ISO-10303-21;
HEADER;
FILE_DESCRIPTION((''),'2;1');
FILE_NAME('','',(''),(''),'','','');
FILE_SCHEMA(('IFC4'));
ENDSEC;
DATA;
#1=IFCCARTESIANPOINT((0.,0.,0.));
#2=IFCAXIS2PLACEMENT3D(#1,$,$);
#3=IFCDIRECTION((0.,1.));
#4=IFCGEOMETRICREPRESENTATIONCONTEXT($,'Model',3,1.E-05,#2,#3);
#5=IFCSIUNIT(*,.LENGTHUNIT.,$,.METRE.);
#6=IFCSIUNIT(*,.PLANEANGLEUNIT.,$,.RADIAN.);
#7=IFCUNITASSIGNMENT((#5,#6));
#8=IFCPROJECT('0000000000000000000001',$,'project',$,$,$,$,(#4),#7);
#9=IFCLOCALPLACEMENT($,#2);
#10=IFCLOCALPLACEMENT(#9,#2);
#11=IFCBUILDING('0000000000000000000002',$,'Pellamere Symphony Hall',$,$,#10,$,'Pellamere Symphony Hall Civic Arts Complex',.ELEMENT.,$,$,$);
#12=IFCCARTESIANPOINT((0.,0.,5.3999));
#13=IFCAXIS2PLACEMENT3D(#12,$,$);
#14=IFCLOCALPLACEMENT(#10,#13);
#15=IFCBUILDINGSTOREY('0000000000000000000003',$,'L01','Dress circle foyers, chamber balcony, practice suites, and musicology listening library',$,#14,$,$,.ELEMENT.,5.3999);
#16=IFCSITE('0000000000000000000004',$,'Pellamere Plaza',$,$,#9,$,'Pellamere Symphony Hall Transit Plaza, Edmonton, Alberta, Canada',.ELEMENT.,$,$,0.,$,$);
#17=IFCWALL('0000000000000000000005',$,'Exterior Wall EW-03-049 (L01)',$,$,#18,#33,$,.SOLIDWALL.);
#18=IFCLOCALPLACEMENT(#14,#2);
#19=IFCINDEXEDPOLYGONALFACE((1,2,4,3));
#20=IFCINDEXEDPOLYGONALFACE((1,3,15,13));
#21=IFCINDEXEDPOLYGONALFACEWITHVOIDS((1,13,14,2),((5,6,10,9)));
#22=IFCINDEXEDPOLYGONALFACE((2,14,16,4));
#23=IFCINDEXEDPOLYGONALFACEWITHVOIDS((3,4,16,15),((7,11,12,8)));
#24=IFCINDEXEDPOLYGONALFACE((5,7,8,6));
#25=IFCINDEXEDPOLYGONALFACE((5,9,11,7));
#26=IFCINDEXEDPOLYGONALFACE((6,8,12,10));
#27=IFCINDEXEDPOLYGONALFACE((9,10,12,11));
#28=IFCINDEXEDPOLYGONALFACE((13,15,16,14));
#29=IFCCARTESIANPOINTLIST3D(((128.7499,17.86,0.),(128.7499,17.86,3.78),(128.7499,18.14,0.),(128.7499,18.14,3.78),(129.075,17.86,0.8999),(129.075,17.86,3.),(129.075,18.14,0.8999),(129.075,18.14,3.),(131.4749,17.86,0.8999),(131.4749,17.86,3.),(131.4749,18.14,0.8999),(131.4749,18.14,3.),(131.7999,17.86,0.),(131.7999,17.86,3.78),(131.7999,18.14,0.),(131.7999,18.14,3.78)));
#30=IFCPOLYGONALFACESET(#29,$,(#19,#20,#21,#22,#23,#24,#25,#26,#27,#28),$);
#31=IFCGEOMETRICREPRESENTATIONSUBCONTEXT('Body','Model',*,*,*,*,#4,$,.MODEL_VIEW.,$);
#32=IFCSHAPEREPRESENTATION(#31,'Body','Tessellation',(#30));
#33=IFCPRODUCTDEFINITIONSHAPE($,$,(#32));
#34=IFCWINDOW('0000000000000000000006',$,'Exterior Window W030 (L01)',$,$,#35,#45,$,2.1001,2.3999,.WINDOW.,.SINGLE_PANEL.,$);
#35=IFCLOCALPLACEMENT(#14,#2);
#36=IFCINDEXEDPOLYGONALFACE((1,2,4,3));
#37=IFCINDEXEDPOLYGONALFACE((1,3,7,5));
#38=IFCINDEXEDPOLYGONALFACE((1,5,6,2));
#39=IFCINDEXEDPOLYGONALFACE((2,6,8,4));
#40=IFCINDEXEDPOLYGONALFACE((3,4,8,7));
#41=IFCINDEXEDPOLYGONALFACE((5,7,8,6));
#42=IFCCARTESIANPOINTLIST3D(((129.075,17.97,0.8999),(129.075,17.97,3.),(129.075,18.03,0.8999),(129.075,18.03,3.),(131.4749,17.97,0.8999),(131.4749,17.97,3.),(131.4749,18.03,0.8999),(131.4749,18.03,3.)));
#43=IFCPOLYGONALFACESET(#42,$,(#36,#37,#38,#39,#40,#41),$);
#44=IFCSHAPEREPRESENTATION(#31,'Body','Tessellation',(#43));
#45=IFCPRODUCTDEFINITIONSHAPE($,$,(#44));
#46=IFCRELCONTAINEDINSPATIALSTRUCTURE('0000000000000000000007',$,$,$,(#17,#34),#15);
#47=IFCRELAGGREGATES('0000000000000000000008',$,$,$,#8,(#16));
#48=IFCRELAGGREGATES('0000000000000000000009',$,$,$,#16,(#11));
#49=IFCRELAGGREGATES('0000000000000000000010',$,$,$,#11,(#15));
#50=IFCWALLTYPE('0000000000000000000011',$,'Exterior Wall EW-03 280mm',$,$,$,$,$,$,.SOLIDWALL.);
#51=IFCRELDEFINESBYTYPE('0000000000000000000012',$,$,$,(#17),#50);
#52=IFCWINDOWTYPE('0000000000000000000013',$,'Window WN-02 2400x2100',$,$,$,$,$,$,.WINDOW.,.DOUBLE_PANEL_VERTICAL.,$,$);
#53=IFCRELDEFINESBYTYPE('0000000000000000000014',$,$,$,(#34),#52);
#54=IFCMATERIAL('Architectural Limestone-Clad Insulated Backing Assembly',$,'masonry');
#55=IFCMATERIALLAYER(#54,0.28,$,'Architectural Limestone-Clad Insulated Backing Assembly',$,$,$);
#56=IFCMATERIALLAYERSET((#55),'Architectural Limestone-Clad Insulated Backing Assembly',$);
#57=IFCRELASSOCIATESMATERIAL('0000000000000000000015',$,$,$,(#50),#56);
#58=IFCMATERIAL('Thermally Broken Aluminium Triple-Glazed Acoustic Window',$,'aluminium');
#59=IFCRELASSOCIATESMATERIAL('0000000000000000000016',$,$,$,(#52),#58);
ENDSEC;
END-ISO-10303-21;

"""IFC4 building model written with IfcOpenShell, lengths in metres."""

from ifc_helpers import new_model, si_unit, direction, frame, frame_2d, origin, place, context, subcontext, project, spatial, rectangle, extrude, material, layer, layer_set, type_object, element, fill, save


model = new_model("IFC4")

# Units and contexts
model_context = context("Model", 3, precision=1e-05, world=origin(), true_north=direction((0.0, 1.0)))
body_context = subcontext(model_context, "Body", "Model", "MODEL_VIEW")
ifc_project = project(units=[si_unit("LENGTHUNIT", "METRE"), si_unit("PLANEANGLEUNIT", "RADIAN")], contexts=[model_context])

# Site, building, storey
site_placement = place(None, origin())
site = spatial("IfcSite", under=ifc_project, at=site_placement, Name="Pellamere Plaza", LongName="Pellamere Symphony Hall Transit Plaza, Edmonton, Alberta, Canada", CompositionType="ELEMENT", RefElevation=0.0)
building_placement = place(site_placement, origin())
building = spatial("IfcBuilding", under=site, at=building_placement, Name="Pellamere Symphony Hall", LongName="Pellamere Symphony Hall Civic Arts Complex", CompositionType="ELEMENT")
storey_placement = place(building_placement, frame((0.0, 0.0, 5.3999)))
storey = spatial("IfcBuildingStorey", under=building, at=storey_placement, Name="L01", Description="Dress circle foyers, chamber balcony, practice suites, and musicology listening library", CompositionType="ELEMENT", Elevation=5.3999)

# Wall, opening, window
ifc_material_1 = material(Name="Thermally Broken Aluminium Triple-Glazed Acoustic Window", Category="aluminium")
ifc_material_2 = material(Name="Architectural Limestone-Clad Insulated Backing Assembly", Category="masonry")
ifc_layer_1 = layer(ifc_material_2, 0.28, Name="Architectural Limestone-Clad Insulated Backing Assembly")
ifc_layer_set_1 = layer_set([ifc_layer_1], Name="Architectural Limestone-Clad Insulated Backing Assembly")
wall_type_1 = type_object("IfcWallType", Name="Exterior Wall EW-03 280mm", PredefinedType="SOLIDWALL", material=ifc_layer_set_1)
wall_1_placement = place(storey_placement, frame((128.75, 18.0, 0.0), z_axis=(0.0, 0.0, 1.0), x_axis=(1.0, 0.0, 0.0)))
wall_1 = element("IfcWall", 1, at=wall_1_placement, inside=storey, type_object=wall_type_1, Name="Exterior Wall EW-03-049 (L01)", PredefinedType="SOLIDWALL", context=body_context, shape_type="SweptSolid", body=[
    extrude(rectangle(XDim=3.05, YDim=0.28, at=frame_2d((1.5249, 0.0))), origin(), (0.0, 0.0, 1.0), 3.78),
])
opening_1_placement = place(wall_1_placement, frame((0.325, 0.0, 0.8999)))
opening_1 = element("IfcOpeningElement", 2, at=opening_1_placement, cuts=wall_1, PredefinedType="OPENING", context=body_context, shape_type="SweptSolid", body=[
    extrude(rectangle(XDim=2.3999, YDim=2.1001, at=frame_2d((1.2, 1.05))), frame((0.0, 0.1499, 0.0), z_axis=(0.0, -1.0, 0.0), x_axis=(1.0, 0.0, 0.0)), (0.0, 0.0, 1.0), 0.3),
])
window_type_1 = type_object("IfcWindowType", Name="Window WN-02 2400x2100", PartitioningType="DOUBLE_PANEL_VERTICAL", PredefinedType="WINDOW", material=ifc_material_1)
window_1_placement = place(opening_1_placement, origin())
window_1 = element("IfcWindow", 3, at=window_1_placement, inside=storey, type_object=window_type_1, Name="Exterior Window W030 (L01)", OverallHeight=2.1001, OverallWidth=2.3999, PartitioningType="SINGLE_PANEL", PredefinedType="WINDOW", context=body_context, shape_type="SweptSolid", body=[
    extrude(rectangle(XDim=2.3999, YDim=2.1001, at=frame_2d((1.2, 1.05))), frame((0.0, 0.03, 0.0), z_axis=(0.0, -1.0, 0.0), x_axis=(1.0, 0.0, 0.0)), (0.0, 0.0, 1.0), 0.0601),
])
fill(opening_1, window_1)

save(model, "model.ifc")
